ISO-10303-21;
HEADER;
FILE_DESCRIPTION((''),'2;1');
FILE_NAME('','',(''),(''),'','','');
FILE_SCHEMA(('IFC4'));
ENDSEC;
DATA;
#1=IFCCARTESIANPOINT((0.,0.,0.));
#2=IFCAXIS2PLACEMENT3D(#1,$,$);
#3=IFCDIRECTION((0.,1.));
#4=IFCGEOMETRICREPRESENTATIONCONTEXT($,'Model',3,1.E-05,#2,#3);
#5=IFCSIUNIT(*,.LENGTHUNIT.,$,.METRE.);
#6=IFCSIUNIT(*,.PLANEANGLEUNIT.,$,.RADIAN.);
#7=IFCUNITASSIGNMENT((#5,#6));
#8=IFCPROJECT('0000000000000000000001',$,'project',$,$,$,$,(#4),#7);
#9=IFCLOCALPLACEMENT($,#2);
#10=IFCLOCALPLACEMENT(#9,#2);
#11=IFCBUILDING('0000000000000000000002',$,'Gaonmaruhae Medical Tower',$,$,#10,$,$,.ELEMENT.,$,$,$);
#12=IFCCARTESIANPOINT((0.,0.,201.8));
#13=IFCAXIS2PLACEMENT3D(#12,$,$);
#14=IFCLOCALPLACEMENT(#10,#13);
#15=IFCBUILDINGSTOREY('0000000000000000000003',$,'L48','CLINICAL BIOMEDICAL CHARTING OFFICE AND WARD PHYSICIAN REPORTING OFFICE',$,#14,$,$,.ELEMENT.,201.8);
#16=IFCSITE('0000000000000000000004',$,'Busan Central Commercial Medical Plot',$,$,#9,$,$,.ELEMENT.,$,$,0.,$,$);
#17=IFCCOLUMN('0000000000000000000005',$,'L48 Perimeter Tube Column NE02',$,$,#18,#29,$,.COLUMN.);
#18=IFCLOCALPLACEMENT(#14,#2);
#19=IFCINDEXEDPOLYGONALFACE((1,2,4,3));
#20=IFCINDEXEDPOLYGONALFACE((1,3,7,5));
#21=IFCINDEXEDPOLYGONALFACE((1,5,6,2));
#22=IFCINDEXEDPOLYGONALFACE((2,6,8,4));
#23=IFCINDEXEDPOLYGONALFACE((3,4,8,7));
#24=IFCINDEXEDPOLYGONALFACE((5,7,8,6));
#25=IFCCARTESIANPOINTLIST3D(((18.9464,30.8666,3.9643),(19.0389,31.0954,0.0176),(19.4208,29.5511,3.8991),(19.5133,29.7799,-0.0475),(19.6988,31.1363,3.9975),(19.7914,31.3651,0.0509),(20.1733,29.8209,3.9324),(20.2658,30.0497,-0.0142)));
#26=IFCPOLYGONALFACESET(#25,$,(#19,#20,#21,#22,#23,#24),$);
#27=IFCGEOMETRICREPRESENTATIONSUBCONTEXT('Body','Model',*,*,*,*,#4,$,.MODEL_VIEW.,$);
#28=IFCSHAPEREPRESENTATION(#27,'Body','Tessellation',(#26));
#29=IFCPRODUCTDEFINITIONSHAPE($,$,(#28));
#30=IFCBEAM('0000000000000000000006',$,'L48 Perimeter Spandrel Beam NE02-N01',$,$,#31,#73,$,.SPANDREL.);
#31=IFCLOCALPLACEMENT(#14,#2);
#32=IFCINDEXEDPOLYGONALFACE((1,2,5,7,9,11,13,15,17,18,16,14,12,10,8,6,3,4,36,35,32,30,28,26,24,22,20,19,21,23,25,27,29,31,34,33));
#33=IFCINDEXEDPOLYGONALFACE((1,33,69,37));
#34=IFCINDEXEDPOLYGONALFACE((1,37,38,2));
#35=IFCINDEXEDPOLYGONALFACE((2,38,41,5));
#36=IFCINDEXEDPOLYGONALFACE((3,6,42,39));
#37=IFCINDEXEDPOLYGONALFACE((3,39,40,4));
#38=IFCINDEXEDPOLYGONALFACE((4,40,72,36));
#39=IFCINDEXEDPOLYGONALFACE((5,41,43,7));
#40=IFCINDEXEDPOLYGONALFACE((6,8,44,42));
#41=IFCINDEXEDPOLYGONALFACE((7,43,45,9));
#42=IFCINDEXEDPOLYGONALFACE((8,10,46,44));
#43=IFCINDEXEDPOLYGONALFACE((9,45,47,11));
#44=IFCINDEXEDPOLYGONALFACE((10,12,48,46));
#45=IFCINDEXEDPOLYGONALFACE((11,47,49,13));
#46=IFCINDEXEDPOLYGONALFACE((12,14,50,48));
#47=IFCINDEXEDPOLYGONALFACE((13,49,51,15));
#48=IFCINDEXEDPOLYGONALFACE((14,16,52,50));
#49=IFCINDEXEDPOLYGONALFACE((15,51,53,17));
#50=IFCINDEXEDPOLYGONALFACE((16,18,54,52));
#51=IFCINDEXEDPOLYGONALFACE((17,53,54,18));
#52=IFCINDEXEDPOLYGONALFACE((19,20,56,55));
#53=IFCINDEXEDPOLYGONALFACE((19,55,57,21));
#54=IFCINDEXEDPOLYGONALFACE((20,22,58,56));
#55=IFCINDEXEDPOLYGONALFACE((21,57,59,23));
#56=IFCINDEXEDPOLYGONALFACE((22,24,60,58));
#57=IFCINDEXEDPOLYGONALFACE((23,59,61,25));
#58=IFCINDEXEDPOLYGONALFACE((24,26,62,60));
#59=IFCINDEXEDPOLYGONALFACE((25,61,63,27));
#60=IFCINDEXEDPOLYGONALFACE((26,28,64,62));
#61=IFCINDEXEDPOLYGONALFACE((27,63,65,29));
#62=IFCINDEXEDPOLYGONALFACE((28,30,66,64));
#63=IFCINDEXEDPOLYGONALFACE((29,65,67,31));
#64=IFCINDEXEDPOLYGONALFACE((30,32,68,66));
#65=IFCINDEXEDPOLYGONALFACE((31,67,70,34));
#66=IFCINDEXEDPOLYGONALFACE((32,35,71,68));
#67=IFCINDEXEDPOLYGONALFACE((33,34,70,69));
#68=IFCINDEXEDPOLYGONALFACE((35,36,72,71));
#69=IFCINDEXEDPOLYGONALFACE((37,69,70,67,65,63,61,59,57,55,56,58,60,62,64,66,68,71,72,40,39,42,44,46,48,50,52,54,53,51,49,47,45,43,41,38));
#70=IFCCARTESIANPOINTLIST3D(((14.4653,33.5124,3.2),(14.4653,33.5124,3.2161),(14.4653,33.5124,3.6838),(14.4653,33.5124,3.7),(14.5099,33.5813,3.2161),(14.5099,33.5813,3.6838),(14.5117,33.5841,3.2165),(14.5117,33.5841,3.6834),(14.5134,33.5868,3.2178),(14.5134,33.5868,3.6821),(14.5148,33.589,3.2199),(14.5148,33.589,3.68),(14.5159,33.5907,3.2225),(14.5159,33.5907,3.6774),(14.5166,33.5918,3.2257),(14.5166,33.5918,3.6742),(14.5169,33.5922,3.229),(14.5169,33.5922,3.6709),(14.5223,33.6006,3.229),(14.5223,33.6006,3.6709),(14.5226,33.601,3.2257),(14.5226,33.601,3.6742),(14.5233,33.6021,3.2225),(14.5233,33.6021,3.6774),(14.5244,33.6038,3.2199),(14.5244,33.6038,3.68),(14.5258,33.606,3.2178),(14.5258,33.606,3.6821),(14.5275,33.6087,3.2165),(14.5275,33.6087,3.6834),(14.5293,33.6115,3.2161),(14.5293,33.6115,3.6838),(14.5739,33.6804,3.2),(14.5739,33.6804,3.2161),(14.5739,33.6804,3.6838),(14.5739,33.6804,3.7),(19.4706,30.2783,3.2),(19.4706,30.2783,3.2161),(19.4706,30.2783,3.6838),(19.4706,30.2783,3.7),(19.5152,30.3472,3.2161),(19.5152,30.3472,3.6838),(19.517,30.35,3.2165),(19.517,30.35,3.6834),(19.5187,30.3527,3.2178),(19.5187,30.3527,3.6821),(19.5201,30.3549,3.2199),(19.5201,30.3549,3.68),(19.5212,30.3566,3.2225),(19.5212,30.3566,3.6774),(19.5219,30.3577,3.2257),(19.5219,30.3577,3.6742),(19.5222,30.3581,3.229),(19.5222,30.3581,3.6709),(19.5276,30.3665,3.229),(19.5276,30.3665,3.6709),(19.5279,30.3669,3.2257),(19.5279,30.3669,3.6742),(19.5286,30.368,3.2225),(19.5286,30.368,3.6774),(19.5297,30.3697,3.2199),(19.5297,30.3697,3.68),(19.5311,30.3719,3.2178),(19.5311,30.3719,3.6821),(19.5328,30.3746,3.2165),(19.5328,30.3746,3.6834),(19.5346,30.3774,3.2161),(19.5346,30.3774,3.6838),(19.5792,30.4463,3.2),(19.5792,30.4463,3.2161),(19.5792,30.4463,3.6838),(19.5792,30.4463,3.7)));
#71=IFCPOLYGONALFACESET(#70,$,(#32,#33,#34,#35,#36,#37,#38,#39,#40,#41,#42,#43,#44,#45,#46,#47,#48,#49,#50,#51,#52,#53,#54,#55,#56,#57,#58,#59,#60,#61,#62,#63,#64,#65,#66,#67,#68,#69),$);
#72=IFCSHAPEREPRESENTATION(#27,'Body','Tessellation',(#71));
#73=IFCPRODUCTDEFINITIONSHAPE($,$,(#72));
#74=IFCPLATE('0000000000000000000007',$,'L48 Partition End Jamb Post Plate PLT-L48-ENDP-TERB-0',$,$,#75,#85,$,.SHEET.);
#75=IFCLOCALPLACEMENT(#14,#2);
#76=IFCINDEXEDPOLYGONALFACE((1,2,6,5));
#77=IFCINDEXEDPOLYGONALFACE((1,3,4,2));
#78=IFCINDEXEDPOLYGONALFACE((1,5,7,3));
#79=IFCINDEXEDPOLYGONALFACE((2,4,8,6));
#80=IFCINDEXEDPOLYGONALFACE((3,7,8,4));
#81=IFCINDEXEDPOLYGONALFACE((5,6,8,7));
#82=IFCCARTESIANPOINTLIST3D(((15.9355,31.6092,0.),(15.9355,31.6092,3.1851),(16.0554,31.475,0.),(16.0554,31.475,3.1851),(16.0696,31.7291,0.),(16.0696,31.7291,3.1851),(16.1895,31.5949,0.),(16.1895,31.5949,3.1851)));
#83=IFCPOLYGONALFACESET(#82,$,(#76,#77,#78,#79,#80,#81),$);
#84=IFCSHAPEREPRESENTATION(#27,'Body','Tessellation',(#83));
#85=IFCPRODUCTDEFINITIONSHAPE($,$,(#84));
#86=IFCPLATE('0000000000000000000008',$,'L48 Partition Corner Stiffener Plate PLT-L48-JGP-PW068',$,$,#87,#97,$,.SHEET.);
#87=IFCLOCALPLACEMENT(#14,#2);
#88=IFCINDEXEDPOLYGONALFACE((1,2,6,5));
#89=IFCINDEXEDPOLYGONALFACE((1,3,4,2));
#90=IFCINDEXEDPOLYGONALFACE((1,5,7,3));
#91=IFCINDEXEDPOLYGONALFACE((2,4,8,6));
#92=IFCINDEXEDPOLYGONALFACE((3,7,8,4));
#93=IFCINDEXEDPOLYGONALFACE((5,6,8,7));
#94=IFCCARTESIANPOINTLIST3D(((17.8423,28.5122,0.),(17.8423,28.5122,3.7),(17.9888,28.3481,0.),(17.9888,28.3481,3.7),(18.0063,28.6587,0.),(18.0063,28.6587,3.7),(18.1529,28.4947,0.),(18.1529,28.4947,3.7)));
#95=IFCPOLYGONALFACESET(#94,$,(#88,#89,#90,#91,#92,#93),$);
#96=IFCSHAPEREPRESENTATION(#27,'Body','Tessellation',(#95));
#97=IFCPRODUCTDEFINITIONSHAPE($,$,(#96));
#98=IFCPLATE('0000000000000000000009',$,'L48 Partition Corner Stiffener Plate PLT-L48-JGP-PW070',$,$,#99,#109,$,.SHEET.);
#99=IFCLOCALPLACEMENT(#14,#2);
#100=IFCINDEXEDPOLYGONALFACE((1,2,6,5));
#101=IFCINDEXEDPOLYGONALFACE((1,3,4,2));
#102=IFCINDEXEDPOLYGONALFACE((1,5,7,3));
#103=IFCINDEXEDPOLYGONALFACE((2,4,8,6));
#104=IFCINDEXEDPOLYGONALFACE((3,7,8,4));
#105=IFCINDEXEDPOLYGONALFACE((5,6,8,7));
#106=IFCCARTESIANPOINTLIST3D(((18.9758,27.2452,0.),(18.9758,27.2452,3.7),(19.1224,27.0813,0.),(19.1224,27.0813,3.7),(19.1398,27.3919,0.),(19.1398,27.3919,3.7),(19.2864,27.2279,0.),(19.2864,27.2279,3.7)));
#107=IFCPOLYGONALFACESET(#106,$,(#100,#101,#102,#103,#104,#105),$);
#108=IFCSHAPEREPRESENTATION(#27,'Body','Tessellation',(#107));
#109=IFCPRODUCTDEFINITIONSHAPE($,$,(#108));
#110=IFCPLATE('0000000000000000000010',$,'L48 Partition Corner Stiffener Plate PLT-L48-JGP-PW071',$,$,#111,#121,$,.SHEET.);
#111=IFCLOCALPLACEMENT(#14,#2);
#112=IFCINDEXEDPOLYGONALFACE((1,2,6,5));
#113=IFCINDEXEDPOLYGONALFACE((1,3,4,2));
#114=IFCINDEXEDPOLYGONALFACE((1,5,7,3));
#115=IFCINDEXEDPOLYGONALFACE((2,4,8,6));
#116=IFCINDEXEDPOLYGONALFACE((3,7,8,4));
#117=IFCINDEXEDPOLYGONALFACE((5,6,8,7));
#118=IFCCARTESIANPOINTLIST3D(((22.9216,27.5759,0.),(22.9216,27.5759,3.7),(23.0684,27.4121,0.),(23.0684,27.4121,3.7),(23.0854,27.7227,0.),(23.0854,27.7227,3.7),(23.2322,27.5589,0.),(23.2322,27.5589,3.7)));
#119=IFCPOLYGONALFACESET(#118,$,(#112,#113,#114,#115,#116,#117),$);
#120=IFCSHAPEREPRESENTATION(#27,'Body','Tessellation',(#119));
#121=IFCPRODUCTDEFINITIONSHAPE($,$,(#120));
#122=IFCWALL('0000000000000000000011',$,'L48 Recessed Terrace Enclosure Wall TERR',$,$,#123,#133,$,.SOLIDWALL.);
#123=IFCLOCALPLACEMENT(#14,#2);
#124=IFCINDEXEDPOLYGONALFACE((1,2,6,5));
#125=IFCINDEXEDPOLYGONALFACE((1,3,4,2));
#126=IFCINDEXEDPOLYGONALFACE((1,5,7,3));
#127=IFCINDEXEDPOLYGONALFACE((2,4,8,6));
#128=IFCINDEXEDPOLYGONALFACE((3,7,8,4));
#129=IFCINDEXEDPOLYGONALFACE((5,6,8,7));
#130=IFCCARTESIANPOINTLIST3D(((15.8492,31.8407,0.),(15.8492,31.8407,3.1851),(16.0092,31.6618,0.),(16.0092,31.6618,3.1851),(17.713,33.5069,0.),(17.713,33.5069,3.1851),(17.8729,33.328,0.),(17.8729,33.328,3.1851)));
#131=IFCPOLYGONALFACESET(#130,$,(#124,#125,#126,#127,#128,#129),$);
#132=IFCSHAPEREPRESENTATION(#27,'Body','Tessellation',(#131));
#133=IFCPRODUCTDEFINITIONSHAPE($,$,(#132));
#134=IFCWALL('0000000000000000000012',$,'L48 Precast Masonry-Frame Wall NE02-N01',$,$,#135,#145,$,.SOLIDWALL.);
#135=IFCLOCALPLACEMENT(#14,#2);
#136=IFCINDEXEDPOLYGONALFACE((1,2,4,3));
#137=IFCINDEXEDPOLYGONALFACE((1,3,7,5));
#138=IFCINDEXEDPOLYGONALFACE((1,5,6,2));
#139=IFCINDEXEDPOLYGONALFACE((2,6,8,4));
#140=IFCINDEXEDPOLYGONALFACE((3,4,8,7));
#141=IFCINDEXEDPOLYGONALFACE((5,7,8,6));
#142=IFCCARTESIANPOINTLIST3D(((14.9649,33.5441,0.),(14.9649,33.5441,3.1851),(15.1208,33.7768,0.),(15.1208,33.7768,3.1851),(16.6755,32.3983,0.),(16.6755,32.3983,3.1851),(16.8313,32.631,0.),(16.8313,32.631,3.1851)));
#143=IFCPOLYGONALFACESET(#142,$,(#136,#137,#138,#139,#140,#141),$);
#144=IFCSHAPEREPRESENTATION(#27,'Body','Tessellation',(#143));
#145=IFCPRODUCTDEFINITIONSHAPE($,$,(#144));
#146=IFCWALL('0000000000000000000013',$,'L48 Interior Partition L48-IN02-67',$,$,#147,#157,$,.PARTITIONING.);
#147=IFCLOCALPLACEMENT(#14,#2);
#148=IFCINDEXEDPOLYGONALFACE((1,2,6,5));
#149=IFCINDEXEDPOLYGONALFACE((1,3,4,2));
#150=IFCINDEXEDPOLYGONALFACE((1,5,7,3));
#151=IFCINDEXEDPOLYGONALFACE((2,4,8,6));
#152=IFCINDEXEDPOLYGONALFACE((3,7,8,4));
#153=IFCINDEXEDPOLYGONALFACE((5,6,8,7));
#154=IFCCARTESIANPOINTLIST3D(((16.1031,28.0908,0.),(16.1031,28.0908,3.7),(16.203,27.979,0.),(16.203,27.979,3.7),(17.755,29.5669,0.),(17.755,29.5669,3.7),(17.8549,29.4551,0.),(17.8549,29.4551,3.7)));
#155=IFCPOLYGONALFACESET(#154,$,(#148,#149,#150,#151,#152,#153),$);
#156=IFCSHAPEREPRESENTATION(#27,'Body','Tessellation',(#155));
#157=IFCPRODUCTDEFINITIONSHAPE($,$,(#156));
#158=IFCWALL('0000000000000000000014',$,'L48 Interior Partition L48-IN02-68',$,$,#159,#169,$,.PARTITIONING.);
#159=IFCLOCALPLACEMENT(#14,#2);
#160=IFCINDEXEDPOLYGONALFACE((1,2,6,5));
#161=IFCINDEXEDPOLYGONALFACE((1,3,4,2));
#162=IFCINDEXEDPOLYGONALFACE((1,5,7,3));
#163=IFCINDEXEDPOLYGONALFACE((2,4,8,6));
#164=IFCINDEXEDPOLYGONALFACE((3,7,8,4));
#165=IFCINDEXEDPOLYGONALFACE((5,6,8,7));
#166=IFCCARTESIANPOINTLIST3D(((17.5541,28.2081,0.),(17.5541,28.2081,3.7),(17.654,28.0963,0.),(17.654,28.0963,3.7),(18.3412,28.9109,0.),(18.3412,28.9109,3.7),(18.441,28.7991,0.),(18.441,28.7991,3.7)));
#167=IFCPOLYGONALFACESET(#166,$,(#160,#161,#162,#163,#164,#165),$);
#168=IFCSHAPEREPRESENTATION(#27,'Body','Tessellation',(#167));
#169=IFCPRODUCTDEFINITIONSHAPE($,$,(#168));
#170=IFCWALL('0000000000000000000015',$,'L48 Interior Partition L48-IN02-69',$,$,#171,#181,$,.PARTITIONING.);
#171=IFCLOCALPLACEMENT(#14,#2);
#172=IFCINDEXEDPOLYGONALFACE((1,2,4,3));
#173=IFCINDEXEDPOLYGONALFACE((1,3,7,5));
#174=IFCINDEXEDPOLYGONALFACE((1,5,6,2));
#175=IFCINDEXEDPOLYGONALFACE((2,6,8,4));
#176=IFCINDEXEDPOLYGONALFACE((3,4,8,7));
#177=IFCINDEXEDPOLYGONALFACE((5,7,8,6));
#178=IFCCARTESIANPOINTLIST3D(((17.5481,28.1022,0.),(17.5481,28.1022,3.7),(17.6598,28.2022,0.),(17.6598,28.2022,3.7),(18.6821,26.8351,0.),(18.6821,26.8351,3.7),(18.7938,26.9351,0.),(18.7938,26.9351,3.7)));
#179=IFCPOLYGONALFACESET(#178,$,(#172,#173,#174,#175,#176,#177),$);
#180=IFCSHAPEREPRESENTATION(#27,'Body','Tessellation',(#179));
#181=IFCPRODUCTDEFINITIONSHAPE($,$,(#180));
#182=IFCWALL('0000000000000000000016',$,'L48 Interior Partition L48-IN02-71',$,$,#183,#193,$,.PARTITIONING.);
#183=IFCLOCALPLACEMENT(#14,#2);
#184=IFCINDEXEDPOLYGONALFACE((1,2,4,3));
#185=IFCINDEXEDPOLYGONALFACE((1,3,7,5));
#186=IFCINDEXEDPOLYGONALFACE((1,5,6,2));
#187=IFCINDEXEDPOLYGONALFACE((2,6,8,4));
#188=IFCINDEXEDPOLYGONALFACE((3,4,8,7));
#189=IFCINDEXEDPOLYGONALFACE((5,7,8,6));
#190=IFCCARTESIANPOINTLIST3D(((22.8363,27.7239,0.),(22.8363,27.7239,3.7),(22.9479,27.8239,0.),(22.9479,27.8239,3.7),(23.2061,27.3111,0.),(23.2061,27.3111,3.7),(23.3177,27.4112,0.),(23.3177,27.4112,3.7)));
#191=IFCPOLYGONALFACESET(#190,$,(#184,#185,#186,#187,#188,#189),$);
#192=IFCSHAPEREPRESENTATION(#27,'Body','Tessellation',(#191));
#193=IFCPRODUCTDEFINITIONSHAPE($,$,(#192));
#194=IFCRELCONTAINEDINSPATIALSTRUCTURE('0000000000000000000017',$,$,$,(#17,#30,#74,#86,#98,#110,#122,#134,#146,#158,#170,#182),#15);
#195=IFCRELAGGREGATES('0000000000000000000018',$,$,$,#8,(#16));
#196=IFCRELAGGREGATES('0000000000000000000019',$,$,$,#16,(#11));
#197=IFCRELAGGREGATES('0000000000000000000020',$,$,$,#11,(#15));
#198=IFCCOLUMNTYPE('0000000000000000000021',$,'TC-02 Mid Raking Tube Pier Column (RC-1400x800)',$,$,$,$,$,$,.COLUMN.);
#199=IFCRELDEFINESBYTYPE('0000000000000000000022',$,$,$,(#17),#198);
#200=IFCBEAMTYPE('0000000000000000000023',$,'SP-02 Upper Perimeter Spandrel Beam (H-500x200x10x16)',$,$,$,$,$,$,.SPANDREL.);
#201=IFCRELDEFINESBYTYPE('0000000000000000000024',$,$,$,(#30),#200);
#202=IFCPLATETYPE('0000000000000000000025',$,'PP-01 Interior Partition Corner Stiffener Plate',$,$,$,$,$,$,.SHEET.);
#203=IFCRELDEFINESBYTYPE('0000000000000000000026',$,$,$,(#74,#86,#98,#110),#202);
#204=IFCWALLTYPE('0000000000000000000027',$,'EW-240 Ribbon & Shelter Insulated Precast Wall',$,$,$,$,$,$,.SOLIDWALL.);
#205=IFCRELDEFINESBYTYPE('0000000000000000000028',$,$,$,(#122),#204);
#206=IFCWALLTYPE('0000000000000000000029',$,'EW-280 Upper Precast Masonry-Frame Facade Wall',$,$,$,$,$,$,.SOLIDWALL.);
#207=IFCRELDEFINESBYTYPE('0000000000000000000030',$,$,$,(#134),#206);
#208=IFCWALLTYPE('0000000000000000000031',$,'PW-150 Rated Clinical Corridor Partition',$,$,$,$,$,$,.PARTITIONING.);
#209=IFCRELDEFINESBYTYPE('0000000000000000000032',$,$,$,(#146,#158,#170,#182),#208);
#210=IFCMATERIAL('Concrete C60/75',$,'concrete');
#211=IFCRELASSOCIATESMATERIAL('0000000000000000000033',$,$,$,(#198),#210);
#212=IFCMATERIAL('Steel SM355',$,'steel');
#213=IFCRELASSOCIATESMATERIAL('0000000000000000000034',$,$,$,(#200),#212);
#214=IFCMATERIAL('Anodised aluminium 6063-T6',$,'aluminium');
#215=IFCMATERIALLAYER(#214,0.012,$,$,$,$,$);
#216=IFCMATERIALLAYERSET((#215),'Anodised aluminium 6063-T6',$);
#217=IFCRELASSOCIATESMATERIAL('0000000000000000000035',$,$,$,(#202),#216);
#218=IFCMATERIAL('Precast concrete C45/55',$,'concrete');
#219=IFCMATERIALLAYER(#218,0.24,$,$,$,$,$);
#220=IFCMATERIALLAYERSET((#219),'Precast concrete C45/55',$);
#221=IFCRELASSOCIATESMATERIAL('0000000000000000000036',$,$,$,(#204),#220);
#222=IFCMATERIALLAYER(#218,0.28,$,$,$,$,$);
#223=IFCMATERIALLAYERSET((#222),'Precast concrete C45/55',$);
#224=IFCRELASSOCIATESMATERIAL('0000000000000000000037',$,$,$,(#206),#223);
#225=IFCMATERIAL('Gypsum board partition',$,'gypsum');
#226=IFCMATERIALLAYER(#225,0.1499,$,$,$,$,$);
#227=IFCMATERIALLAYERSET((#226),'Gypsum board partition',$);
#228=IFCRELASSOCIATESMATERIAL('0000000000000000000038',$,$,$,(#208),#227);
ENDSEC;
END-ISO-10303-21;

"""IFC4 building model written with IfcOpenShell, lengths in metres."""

from ifc_helpers import new_model, si_unit, direction, frame, frame_2d, origin, origin_2d, place, context, subcontext, project, spatial, rectangle, i_section, extrude, material, layer, layer_set, material_profile, profile_set, type_object, element, save


model = new_model("IFC4")

# Units and contexts
model_context = context("Model", 3, precision=1e-05, world=origin(), true_north=direction((0.0, 1.0)))
body_context = subcontext(model_context, "Body", "Model", "MODEL_VIEW")
ifc_project = project(units=[si_unit("LENGTHUNIT", "METRE"), si_unit("PLANEANGLEUNIT", "RADIAN")], contexts=[model_context])

# Site, building, storey
site_placement = place(None, origin())
site = spatial("IfcSite", under=ifc_project, at=site_placement, Name="Busan Central Commercial Medical Plot", CompositionType="ELEMENT", RefElevation=0.0)
building_placement = place(site_placement, origin())
building = spatial("IfcBuilding", under=site, at=building_placement, Name="Gaonmaruhae Medical Tower", CompositionType="ELEMENT")
storey_placement = place(building_placement, frame((0.0, 0.0, 201.8)))
storey = spatial("IfcBuildingStorey", under=building, at=storey_placement, Name="L48", Description="CLINICAL BIOMEDICAL CHARTING OFFICE AND WARD PHYSICIAN REPORTING OFFICE", CompositionType="ELEMENT", Elevation=201.8)

# Column
ifc_material_1 = material(Name="Concrete C60/75", Category="concrete")
ifc_material_profile_1 = material_profile(ifc_material_1, rectangle(XDim=1.3999, YDim=0.8, at=origin_2d()), Name="RC-1400x800")
ifc_profile_set_1 = profile_set([ifc_material_profile_1], Name="Concrete C60/75")
column_type = type_object("IfcColumnType", Name="TC-02 Mid Raking Tube Pier Column (RC-1400x800)", PredefinedType="COLUMN", material=ifc_profile_set_1)
column_placement = place(storey_placement, frame((19.6523, 30.5725, 0.0017), z_axis=(-0.0234, -0.057852, 0.998051), x_axis=(-0.338914, 0.939667, 0.046521)))
element("IfcColumn", 1, at=column_placement, inside=storey, type_object=column_type, Name="L48 Perimeter Tube Column NE02", PredefinedType="COLUMN", context=body_context, shape_type="SweptSolid", body=[
    extrude(rectangle(XDim=1.3999, YDim=0.8, at=origin_2d()), origin(), (0.0, 0.0, 1.0), 3.9543),
])

# Beam
ifc_material_2 = material(Name="Steel SM355", Category="steel")
ifc_material_profile_2 = material_profile(ifc_material_2, i_section(OverallWidth=0.2, OverallDepth=0.5, WebThickness=0.01, FlangeThickness=0.0161, FilletRadius=0.0129, at=origin_2d()), Name="H-500x200x10x16")
ifc_profile_set_2 = profile_set([ifc_material_profile_2], Name="Steel SM355")
beam_type = type_object("IfcBeamType", Name="SP-02 Upper Perimeter Spandrel Beam (H-500x200x10x16)", PredefinedType="SPANDREL", material=ifc_profile_set_2)
beam_placement = place(storey_placement, frame((19.5249, 30.3623, 3.45), z_axis=(-0.839925, 0.542702, 0.0), x_axis=(-0.542702, -0.839925, 0.0)))
element("IfcBeam", 2, at=beam_placement, inside=storey, type_object=beam_type, Name="L48 Perimeter Spandrel Beam NE02-N01", PredefinedType="SPANDREL", context=body_context, shape_type="SweptSolid", body=[
    extrude(i_section(OverallWidth=0.2, OverallDepth=0.5, WebThickness=0.01, FlangeThickness=0.0161, FilletRadius=0.0129, at=origin_2d()), origin(), (0.0, 0.0, 1.0), 5.9592),
])

# Plates
ifc_material_3 = material(Name="Anodised aluminium 6063-T6", Category="aluminium")
ifc_layer_1 = layer(ifc_material_3, 0.012)
ifc_layer_set_1 = layer_set([ifc_layer_1], Name="Anodised aluminium 6063-T6")
plate_type = type_object("IfcPlateType", Name="PP-01 Interior Partition Corner Stiffener Plate", PredefinedType="SHEET", material=ifc_layer_set_1)
plate_placement = place(storey_placement, frame((16.0625, 31.6021, 0.0), z_axis=(0.0, 0.0, 1.0), x_axis=(0.666519, -0.745488, 0.0)))
element("IfcPlate", 3, at=plate_placement, inside=storey, type_object=plate_type, Name="L48 Partition End Jamb Post Plate PLT-L48-ENDP-TERB-0", PredefinedType="SHEET", context=body_context, shape_type="SweptSolid", body=[
    extrude(rectangle(XDim=0.1799, YDim=0.1799, at=origin_2d()), origin(), (0.0, 0.0, 1.0), 3.1851),
])
for number, where, z_axis, x_axis, name in (
    (4, (17.9976, 28.5034, 0.0), (0.0, 0.0, 1.0), (-0.74579, -0.666181, 0.0), "L48 Partition Corner Stiffener Plate PLT-L48-JGP-PW068"),
    (5, (19.1311, 27.2366, 0.0), (0.0, 0.0, 1.0), (0.74536, 0.666663, 0.0), "L48 Partition Corner Stiffener Plate PLT-L48-JGP-PW070"),
    (6, (23.0769, 27.5674, 0.0), (0.0, 0.0, 1.0), (0.667274, -0.744813, 0.0), "L48 Partition Corner Stiffener Plate PLT-L48-JGP-PW071"),
):
    element("IfcPlate", number, at=place(storey_placement, frame(where, z_axis=z_axis, x_axis=x_axis)), inside=storey, type_object=plate_type, Name=name, PredefinedType="SHEET", context=body_context, shape_type="SweptSolid", body=[
        extrude(rectangle(XDim=0.22, YDim=0.22, at=origin_2d()), origin(), (0.0, 0.0, 1.0), 3.7),
    ])

# Shared definitions
ifc_material_4 = material(Name="Precast concrete C45/55", Category="concrete")
ifc_layer_2 = layer(ifc_material_4, 0.24)
ifc_layer_set_2 = layer_set([ifc_layer_2], Name="Precast concrete C45/55")
wall_type_1 = type_object("IfcWallType", Name="EW-240 Ribbon & Shelter Insulated Precast Wall", PredefinedType="SOLIDWALL", material=ifc_layer_set_2)

# Walls
wall_1_placement = place(storey_placement, frame((17.793, 33.4175, 0.0), z_axis=(0.0, 0.0, 1.0), x_axis=(-0.745504, -0.666501, 0.0)))
element("IfcWall", 7, at=wall_1_placement, inside=storey, type_object=wall_type_1, Name="L48 Recessed Terrace Enclosure Wall TERR", PredefinedType="SOLIDWALL", context=body_context, shape_type="SweptSolid", body=[
    extrude(rectangle(XDim=2.5, YDim=0.24, at=frame_2d((1.25, 0.0))), origin(), (0.0, 0.0, 1.0), 3.1851),
])
ifc_layer_3 = layer(ifc_material_4, 0.28)
ifc_layer_set_3 = layer_set([ifc_layer_3], Name="Precast concrete C45/55")
wall_type_2 = type_object("IfcWallType", Name="EW-280 Upper Precast Masonry-Frame Facade Wall", PredefinedType="SOLIDWALL", material=ifc_layer_set_3)
wall_2_placement = place(storey_placement, frame((15.043, 33.6604, 0.0), z_axis=(0.0, 0.0, 1.0), x_axis=(0.830826, -0.556532, 0.0)))
element("IfcWall", 8, at=wall_2_placement, inside=storey, type_object=wall_type_2, Name="L48 Precast Masonry-Frame Wall NE02-N01", PredefinedType="SOLIDWALL", context=body_context, shape_type="SweptSolid", body=[
    extrude(rectangle(XDim=2.0588, YDim=0.28, at=frame_2d((1.0293, 0.0))), origin(), (0.0, 0.0, 1.0), 3.1851),
])
ifc_material_5 = material(Name="Gypsum board partition", Category="gypsum")
ifc_layer_4 = layer(ifc_material_5, 0.1499)
ifc_layer_set_4 = layer_set([ifc_layer_4], Name="Gypsum board partition")
wall_type_3 = type_object("IfcWallType", Name="PW-150 Rated Clinical Corridor Partition", PredefinedType="PARTITIONING", material=ifc_layer_set_4)
wall_3_placement = place(storey_placement, frame((16.1531, 28.0349, 0.0), z_axis=(0.0, 0.0, 1.0), x_axis=(0.745668, 0.666318, 0.0)))
element("IfcWall", 9, at=wall_3_placement, inside=storey, type_object=wall_type_3, Name="L48 Interior Partition L48-IN02-67", PredefinedType="PARTITIONING", context=body_context, shape_type="SweptSolid", body=[
    extrude(rectangle(XDim=2.2153, YDim=0.1499, at=frame_2d((1.1077, 0.0))), origin(), (0.0, 0.0, 1.0), 3.7),
])
wall_4_placement = place(storey_placement, frame((18.3911, 28.855, 0.0), z_axis=(0.0, 0.0, 1.0), x_axis=(-0.745888, -0.666071, 0.0)))
element("IfcWall", 10, at=wall_4_placement, inside=storey, type_object=wall_type_3, Name="L48 Interior Partition L48-IN02-68", PredefinedType="PARTITIONING", context=body_context, shape_type="SweptSolid", body=[
    extrude(rectangle(XDim=1.0552, YDim=0.1499, at=frame_2d((0.5276, 0.0))), origin(), (0.0, 0.0, 1.0), 3.7),
])
wall_5_placement = place(storey_placement, frame((17.604, 28.1521, 0.0), z_axis=(0.0, 0.0, 1.0), x_axis=(0.6669, -0.745147, 0.0)))
element("IfcWall", 11, at=wall_5_placement, inside=storey, type_object=wall_type_3, Name="L48 Interior Partition L48-IN02-69", PredefinedType="PARTITIONING", context=body_context, shape_type="SweptSolid", body=[
    extrude(rectangle(XDim=1.7004, YDim=0.1499, at=frame_2d((0.8501, 0.0))), origin(), (0.0, 0.0, 1.0), 3.7),
])
wall_6_placement = place(storey_placement, frame((22.8921, 27.7739, 0.0), z_axis=(0.0, 0.0, 1.0), x_axis=(0.667284, -0.744803, 0.0)))
element("IfcWall", 12, at=wall_6_placement, inside=storey, type_object=wall_type_3, Name="L48 Interior Partition L48-IN02-71", PredefinedType="PARTITIONING", context=body_context, shape_type="SweptSolid", body=[
    extrude(rectangle(XDim=0.5542, YDim=0.1499, at=frame_2d((0.2771, 0.0))), origin(), (0.0, 0.0, 1.0), 3.7),
])

save(model, "model.ifc")
